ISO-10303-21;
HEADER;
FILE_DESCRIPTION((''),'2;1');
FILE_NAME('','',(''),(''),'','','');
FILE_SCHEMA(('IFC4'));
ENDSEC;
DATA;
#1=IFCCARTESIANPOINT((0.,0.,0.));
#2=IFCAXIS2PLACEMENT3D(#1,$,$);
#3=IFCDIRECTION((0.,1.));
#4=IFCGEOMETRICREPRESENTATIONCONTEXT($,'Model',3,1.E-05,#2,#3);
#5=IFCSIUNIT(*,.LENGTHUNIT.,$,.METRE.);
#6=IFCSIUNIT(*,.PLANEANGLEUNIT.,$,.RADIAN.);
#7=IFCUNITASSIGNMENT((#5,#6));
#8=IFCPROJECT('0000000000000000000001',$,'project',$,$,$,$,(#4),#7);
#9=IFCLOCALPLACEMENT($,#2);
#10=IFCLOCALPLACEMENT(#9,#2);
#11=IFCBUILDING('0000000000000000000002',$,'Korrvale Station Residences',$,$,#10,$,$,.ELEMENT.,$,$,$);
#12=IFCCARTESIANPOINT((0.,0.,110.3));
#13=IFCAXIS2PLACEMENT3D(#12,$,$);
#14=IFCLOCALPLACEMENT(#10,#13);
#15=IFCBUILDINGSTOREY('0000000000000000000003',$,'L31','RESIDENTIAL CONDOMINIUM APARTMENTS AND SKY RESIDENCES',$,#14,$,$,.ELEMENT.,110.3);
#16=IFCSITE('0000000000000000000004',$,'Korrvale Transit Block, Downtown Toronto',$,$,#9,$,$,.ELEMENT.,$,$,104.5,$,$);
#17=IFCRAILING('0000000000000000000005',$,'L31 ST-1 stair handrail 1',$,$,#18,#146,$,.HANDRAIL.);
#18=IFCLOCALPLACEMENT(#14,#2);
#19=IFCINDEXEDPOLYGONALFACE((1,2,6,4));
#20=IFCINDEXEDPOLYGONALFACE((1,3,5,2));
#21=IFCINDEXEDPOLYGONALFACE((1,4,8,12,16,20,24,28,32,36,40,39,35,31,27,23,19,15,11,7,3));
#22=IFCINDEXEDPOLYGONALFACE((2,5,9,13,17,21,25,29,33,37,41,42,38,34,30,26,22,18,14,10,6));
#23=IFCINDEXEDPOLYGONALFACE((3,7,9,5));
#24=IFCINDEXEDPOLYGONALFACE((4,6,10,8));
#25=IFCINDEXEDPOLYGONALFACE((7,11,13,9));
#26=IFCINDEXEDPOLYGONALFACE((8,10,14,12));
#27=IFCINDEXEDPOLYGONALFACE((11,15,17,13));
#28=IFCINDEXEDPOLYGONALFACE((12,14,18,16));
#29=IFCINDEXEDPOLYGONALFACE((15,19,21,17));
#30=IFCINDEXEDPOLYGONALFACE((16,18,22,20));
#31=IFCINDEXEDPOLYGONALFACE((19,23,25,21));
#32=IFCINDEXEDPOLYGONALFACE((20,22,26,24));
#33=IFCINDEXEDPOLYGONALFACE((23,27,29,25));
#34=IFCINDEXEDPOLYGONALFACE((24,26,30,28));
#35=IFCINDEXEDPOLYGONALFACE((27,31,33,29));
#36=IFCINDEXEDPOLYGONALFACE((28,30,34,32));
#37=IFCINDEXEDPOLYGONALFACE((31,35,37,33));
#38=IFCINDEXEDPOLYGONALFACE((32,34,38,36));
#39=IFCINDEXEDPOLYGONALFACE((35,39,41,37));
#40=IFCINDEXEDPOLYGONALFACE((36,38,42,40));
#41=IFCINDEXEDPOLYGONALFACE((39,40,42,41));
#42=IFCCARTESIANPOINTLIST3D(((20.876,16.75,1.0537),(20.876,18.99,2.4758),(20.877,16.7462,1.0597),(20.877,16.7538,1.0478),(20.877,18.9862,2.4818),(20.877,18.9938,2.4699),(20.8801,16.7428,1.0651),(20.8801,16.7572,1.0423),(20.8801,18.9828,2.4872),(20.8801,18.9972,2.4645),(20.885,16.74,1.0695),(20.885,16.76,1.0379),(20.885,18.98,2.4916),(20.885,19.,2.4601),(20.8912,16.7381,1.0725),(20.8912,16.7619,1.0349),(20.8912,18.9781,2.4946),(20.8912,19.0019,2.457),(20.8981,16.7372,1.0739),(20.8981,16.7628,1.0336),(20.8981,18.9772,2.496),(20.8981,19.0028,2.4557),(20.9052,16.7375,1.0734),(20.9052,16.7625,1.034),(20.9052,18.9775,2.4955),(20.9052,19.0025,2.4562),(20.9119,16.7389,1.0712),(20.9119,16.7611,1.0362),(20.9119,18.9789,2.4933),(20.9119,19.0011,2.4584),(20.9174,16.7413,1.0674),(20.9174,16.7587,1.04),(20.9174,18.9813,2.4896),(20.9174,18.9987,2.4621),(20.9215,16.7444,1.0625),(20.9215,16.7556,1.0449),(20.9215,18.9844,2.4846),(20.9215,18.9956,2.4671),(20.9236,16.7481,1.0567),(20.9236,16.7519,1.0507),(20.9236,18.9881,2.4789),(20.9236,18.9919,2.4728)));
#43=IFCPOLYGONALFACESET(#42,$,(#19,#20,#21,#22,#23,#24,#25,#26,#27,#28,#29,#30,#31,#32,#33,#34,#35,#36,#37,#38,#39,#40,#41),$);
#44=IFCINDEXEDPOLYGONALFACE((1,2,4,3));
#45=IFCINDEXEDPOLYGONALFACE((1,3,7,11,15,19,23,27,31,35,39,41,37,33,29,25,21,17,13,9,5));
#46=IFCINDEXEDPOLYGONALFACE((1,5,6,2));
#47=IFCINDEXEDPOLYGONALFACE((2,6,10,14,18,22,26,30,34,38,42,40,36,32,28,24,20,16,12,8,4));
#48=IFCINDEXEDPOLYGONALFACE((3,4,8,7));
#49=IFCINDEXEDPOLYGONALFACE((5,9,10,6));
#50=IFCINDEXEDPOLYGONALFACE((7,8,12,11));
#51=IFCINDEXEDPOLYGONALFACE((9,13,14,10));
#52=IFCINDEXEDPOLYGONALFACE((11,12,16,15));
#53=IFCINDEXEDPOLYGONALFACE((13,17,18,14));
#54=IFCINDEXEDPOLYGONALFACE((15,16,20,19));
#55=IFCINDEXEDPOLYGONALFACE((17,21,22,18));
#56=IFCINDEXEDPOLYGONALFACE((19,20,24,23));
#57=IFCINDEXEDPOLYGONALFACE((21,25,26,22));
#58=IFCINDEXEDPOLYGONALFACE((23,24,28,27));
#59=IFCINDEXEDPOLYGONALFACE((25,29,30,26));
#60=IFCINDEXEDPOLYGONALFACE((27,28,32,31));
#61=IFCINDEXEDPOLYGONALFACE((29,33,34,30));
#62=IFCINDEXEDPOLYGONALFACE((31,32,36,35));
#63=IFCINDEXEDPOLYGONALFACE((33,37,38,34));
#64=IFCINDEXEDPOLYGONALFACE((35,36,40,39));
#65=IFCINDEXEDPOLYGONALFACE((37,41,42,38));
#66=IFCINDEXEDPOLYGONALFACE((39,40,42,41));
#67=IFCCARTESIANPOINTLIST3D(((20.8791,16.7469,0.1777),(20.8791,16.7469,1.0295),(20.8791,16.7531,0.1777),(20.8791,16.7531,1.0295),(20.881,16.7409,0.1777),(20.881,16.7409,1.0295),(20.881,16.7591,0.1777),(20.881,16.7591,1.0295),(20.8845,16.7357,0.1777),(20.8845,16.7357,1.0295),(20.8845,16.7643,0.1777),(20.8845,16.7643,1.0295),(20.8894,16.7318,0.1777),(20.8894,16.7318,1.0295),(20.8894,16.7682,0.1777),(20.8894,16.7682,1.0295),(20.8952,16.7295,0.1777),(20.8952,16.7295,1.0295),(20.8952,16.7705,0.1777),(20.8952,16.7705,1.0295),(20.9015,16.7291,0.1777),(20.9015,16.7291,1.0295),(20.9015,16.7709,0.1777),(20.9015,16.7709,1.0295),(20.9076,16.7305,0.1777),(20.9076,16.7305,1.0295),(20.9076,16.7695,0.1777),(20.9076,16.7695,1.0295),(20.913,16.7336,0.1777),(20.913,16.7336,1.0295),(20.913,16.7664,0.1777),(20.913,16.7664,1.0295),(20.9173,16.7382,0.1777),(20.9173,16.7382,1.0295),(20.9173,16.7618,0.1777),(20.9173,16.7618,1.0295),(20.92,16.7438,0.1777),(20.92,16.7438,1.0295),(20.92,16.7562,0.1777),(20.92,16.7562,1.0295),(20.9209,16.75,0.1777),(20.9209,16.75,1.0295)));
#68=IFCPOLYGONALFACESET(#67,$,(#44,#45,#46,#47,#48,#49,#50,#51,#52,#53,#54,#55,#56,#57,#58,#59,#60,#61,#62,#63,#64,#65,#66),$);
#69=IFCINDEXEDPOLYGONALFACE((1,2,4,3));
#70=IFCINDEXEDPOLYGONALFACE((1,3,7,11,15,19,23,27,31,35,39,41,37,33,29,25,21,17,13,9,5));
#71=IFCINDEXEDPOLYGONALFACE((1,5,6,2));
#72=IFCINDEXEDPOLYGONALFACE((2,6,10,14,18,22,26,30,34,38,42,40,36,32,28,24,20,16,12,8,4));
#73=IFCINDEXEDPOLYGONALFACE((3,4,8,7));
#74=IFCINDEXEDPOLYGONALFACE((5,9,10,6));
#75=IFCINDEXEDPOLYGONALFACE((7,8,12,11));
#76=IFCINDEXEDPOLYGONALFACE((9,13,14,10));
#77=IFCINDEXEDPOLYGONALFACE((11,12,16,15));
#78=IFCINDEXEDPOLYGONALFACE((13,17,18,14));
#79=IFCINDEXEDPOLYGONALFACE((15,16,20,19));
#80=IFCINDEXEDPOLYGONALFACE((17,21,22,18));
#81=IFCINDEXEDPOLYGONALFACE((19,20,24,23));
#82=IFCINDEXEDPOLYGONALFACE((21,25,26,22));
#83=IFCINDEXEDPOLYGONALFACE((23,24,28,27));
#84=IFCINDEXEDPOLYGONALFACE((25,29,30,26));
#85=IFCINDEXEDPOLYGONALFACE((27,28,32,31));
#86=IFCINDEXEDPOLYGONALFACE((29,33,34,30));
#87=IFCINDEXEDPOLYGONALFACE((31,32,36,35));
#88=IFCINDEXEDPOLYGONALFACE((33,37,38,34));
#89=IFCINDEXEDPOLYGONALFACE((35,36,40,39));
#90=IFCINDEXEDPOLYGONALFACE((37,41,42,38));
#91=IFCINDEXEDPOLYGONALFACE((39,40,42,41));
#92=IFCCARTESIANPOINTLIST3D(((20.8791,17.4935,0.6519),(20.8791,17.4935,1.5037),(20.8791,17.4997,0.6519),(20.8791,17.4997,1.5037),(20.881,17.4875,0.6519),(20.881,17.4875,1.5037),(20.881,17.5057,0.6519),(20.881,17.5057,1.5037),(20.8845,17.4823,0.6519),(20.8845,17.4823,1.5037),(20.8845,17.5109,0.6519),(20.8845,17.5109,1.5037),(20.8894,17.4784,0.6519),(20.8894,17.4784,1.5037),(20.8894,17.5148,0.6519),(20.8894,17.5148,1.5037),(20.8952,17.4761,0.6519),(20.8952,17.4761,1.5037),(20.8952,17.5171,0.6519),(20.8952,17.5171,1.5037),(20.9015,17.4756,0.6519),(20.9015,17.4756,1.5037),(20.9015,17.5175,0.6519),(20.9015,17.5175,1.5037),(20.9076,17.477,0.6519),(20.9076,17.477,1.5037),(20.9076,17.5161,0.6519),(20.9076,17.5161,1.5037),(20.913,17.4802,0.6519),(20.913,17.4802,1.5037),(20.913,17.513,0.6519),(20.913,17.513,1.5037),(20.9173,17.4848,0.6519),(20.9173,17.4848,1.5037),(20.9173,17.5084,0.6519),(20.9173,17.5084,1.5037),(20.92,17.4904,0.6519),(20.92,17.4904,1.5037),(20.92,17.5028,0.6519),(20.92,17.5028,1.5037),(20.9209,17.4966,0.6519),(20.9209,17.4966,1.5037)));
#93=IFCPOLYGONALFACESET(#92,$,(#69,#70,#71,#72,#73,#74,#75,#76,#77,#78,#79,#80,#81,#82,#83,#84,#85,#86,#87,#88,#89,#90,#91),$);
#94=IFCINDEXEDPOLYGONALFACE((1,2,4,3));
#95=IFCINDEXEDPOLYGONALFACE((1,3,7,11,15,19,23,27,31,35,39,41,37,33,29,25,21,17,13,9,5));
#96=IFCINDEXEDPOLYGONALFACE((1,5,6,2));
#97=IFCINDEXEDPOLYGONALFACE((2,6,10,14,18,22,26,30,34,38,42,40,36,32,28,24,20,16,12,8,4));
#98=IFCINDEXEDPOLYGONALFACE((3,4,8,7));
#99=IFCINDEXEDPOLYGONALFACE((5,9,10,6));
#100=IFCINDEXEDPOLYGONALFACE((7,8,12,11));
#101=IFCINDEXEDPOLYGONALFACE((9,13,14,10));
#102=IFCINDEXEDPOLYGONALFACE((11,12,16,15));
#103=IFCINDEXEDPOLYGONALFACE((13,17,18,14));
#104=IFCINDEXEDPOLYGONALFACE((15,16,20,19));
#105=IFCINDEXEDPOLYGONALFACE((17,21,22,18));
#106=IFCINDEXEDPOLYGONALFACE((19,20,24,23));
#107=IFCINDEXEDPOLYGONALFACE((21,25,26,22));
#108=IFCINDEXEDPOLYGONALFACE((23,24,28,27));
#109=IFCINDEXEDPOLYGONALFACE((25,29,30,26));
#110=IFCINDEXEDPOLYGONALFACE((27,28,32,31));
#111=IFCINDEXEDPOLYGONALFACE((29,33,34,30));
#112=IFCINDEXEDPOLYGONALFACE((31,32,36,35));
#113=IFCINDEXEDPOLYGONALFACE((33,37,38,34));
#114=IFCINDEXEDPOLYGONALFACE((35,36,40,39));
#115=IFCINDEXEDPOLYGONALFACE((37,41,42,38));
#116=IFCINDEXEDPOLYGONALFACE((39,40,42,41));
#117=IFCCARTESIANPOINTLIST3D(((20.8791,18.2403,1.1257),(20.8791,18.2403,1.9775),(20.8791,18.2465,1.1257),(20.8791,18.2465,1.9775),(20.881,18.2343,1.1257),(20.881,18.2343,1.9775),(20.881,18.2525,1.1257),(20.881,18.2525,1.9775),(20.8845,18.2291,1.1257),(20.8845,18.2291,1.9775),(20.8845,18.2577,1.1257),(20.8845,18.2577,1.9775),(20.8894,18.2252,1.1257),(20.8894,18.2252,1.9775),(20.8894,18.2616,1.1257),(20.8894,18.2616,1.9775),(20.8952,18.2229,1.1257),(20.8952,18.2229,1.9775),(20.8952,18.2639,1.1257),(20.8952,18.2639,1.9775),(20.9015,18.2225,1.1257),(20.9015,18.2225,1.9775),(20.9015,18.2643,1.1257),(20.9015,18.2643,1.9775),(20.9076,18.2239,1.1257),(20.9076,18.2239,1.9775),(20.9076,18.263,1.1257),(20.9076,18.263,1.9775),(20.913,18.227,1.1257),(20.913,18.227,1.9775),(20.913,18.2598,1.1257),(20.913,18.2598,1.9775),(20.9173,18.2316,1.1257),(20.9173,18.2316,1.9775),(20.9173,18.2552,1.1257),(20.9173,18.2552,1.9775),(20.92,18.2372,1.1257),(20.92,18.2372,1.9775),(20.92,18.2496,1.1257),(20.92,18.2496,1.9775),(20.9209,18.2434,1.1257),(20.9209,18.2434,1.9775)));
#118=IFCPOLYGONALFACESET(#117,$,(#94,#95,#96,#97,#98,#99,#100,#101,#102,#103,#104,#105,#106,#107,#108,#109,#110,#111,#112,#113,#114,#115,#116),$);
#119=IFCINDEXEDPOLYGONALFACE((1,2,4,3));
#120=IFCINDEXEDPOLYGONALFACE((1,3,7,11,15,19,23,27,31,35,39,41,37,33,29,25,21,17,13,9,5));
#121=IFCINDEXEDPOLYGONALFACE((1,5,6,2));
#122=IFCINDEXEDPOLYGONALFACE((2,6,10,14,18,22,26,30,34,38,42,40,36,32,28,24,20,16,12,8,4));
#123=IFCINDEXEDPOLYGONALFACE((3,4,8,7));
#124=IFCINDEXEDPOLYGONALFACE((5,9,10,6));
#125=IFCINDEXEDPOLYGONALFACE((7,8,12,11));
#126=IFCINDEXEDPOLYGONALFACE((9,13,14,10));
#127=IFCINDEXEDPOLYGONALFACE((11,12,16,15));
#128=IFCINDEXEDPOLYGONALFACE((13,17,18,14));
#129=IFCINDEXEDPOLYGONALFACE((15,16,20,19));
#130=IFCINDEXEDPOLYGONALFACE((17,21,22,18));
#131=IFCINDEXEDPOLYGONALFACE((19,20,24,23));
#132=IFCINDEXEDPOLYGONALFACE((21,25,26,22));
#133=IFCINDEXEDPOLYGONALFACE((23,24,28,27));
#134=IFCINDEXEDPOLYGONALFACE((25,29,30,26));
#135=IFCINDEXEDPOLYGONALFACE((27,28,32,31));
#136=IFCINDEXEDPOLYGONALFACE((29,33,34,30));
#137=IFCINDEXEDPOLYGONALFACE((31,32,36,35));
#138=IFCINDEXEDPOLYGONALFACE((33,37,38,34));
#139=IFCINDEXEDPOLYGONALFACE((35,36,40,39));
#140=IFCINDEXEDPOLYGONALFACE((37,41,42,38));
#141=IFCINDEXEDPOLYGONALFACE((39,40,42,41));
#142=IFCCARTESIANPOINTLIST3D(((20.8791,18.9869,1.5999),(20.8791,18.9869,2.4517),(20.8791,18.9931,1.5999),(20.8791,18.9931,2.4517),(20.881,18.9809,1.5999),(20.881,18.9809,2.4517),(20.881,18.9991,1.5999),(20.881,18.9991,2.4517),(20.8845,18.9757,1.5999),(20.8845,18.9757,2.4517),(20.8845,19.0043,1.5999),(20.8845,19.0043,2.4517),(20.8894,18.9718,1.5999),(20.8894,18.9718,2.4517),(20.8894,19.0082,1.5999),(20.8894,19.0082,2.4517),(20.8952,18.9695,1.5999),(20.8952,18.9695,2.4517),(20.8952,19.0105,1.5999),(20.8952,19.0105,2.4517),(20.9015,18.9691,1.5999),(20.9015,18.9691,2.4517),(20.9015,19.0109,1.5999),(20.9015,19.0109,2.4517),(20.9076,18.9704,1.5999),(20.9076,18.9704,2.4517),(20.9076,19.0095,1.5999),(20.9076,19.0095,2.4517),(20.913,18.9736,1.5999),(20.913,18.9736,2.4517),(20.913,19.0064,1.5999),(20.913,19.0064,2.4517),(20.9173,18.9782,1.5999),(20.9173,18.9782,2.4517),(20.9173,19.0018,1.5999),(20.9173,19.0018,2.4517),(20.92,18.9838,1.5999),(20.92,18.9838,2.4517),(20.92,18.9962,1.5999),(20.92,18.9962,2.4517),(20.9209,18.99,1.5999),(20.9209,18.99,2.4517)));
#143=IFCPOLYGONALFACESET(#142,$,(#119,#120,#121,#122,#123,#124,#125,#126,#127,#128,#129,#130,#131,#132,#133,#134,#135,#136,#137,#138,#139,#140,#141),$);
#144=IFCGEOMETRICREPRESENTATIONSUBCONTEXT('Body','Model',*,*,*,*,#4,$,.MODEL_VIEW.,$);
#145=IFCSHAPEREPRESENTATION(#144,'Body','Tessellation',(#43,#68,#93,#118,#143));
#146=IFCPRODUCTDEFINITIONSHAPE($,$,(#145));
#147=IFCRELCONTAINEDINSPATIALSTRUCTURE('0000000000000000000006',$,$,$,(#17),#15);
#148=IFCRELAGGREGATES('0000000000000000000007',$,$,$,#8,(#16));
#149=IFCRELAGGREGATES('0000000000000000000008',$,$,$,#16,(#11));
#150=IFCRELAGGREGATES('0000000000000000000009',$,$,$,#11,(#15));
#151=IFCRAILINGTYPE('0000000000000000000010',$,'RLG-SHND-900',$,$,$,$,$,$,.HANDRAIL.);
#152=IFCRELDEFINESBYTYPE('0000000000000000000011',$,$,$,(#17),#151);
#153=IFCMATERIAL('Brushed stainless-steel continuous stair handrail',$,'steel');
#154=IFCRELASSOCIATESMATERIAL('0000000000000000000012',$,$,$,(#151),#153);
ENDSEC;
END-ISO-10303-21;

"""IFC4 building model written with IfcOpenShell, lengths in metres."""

from ifc_helpers import new_model, si_unit, direction, frame, origin, origin_2d, place, context, subcontext, project, spatial, circle, extrude, material, type_object, element, save


model = new_model("IFC4")

# Units and contexts
model_context = context("Model", 3, precision=1e-05, world=origin(), true_north=direction((0.0, 1.0)))
body_context = subcontext(model_context, "Body", "Model", "MODEL_VIEW")
ifc_project = project(units=[si_unit("LENGTHUNIT", "METRE"), si_unit("PLANEANGLEUNIT", "RADIAN")], contexts=[model_context])

# Site, building, storey
site_placement = place(None, origin())
site = spatial("IfcSite", under=ifc_project, at=site_placement, Name="Korrvale Transit Block, Downtown Toronto", CompositionType="ELEMENT", RefElevation=104.5)
building_placement = place(site_placement, origin())
building = spatial("IfcBuilding", under=site, at=building_placement, Name="Korrvale Station Residences", CompositionType="ELEMENT")
storey_placement = place(building_placement, frame((0.0, 0.0, 110.3)))
storey = spatial("IfcBuildingStorey", under=building, at=storey_placement, Name="L31", Description="RESIDENTIAL CONDOMINIUM APARTMENTS AND SKY RESIDENCES", CompositionType="ELEMENT", Elevation=110.3)

# Railing
ifc_material_1 = material(Name="Brushed stainless-steel continuous stair handrail", Category="steel")
railing_type_1 = type_object("IfcRailingType", Name="RLG-SHND-900", PredefinedType="HANDRAIL", material=ifc_material_1)
railing_1_placement = place(storey_placement, frame((20.8999, 16.75, 0.1777)))
element("IfcRailing", 1, at=railing_1_placement, inside=storey, type_object=railing_type_1, Name="L31 ST-1 stair handrail 1", PredefinedType="HANDRAIL", context=body_context, shape_type="SweptSolid", body=[
    extrude(circle(Radius=0.0239, at=origin_2d()), frame((0.0, 0.0, 0.876), z_axis=(0.0, 0.844229, 0.535982), x_axis=(-1.0, 0.0, 0.0)), (0.0, 0.0, 1.0), 2.6533),
    extrude(circle(Radius=0.021, at=origin_2d()), origin(), (0.0, 0.0, 1.0), 0.8518),
    extrude(circle(Radius=0.021, at=origin_2d()), frame((0.0, 0.7466, 0.4741)), (0.0, 0.0, 1.0), 0.8518),
    extrude(circle(Radius=0.021, at=origin_2d()), frame((0.0, 1.4934, 0.948)), (0.0, 0.0, 1.0), 0.8518),
    extrude(circle(Radius=0.021, at=origin_2d()), frame((0.0, 2.24, 1.4221)), (0.0, 0.0, 1.0), 0.8518),
])

save(model, "model.ifc")
